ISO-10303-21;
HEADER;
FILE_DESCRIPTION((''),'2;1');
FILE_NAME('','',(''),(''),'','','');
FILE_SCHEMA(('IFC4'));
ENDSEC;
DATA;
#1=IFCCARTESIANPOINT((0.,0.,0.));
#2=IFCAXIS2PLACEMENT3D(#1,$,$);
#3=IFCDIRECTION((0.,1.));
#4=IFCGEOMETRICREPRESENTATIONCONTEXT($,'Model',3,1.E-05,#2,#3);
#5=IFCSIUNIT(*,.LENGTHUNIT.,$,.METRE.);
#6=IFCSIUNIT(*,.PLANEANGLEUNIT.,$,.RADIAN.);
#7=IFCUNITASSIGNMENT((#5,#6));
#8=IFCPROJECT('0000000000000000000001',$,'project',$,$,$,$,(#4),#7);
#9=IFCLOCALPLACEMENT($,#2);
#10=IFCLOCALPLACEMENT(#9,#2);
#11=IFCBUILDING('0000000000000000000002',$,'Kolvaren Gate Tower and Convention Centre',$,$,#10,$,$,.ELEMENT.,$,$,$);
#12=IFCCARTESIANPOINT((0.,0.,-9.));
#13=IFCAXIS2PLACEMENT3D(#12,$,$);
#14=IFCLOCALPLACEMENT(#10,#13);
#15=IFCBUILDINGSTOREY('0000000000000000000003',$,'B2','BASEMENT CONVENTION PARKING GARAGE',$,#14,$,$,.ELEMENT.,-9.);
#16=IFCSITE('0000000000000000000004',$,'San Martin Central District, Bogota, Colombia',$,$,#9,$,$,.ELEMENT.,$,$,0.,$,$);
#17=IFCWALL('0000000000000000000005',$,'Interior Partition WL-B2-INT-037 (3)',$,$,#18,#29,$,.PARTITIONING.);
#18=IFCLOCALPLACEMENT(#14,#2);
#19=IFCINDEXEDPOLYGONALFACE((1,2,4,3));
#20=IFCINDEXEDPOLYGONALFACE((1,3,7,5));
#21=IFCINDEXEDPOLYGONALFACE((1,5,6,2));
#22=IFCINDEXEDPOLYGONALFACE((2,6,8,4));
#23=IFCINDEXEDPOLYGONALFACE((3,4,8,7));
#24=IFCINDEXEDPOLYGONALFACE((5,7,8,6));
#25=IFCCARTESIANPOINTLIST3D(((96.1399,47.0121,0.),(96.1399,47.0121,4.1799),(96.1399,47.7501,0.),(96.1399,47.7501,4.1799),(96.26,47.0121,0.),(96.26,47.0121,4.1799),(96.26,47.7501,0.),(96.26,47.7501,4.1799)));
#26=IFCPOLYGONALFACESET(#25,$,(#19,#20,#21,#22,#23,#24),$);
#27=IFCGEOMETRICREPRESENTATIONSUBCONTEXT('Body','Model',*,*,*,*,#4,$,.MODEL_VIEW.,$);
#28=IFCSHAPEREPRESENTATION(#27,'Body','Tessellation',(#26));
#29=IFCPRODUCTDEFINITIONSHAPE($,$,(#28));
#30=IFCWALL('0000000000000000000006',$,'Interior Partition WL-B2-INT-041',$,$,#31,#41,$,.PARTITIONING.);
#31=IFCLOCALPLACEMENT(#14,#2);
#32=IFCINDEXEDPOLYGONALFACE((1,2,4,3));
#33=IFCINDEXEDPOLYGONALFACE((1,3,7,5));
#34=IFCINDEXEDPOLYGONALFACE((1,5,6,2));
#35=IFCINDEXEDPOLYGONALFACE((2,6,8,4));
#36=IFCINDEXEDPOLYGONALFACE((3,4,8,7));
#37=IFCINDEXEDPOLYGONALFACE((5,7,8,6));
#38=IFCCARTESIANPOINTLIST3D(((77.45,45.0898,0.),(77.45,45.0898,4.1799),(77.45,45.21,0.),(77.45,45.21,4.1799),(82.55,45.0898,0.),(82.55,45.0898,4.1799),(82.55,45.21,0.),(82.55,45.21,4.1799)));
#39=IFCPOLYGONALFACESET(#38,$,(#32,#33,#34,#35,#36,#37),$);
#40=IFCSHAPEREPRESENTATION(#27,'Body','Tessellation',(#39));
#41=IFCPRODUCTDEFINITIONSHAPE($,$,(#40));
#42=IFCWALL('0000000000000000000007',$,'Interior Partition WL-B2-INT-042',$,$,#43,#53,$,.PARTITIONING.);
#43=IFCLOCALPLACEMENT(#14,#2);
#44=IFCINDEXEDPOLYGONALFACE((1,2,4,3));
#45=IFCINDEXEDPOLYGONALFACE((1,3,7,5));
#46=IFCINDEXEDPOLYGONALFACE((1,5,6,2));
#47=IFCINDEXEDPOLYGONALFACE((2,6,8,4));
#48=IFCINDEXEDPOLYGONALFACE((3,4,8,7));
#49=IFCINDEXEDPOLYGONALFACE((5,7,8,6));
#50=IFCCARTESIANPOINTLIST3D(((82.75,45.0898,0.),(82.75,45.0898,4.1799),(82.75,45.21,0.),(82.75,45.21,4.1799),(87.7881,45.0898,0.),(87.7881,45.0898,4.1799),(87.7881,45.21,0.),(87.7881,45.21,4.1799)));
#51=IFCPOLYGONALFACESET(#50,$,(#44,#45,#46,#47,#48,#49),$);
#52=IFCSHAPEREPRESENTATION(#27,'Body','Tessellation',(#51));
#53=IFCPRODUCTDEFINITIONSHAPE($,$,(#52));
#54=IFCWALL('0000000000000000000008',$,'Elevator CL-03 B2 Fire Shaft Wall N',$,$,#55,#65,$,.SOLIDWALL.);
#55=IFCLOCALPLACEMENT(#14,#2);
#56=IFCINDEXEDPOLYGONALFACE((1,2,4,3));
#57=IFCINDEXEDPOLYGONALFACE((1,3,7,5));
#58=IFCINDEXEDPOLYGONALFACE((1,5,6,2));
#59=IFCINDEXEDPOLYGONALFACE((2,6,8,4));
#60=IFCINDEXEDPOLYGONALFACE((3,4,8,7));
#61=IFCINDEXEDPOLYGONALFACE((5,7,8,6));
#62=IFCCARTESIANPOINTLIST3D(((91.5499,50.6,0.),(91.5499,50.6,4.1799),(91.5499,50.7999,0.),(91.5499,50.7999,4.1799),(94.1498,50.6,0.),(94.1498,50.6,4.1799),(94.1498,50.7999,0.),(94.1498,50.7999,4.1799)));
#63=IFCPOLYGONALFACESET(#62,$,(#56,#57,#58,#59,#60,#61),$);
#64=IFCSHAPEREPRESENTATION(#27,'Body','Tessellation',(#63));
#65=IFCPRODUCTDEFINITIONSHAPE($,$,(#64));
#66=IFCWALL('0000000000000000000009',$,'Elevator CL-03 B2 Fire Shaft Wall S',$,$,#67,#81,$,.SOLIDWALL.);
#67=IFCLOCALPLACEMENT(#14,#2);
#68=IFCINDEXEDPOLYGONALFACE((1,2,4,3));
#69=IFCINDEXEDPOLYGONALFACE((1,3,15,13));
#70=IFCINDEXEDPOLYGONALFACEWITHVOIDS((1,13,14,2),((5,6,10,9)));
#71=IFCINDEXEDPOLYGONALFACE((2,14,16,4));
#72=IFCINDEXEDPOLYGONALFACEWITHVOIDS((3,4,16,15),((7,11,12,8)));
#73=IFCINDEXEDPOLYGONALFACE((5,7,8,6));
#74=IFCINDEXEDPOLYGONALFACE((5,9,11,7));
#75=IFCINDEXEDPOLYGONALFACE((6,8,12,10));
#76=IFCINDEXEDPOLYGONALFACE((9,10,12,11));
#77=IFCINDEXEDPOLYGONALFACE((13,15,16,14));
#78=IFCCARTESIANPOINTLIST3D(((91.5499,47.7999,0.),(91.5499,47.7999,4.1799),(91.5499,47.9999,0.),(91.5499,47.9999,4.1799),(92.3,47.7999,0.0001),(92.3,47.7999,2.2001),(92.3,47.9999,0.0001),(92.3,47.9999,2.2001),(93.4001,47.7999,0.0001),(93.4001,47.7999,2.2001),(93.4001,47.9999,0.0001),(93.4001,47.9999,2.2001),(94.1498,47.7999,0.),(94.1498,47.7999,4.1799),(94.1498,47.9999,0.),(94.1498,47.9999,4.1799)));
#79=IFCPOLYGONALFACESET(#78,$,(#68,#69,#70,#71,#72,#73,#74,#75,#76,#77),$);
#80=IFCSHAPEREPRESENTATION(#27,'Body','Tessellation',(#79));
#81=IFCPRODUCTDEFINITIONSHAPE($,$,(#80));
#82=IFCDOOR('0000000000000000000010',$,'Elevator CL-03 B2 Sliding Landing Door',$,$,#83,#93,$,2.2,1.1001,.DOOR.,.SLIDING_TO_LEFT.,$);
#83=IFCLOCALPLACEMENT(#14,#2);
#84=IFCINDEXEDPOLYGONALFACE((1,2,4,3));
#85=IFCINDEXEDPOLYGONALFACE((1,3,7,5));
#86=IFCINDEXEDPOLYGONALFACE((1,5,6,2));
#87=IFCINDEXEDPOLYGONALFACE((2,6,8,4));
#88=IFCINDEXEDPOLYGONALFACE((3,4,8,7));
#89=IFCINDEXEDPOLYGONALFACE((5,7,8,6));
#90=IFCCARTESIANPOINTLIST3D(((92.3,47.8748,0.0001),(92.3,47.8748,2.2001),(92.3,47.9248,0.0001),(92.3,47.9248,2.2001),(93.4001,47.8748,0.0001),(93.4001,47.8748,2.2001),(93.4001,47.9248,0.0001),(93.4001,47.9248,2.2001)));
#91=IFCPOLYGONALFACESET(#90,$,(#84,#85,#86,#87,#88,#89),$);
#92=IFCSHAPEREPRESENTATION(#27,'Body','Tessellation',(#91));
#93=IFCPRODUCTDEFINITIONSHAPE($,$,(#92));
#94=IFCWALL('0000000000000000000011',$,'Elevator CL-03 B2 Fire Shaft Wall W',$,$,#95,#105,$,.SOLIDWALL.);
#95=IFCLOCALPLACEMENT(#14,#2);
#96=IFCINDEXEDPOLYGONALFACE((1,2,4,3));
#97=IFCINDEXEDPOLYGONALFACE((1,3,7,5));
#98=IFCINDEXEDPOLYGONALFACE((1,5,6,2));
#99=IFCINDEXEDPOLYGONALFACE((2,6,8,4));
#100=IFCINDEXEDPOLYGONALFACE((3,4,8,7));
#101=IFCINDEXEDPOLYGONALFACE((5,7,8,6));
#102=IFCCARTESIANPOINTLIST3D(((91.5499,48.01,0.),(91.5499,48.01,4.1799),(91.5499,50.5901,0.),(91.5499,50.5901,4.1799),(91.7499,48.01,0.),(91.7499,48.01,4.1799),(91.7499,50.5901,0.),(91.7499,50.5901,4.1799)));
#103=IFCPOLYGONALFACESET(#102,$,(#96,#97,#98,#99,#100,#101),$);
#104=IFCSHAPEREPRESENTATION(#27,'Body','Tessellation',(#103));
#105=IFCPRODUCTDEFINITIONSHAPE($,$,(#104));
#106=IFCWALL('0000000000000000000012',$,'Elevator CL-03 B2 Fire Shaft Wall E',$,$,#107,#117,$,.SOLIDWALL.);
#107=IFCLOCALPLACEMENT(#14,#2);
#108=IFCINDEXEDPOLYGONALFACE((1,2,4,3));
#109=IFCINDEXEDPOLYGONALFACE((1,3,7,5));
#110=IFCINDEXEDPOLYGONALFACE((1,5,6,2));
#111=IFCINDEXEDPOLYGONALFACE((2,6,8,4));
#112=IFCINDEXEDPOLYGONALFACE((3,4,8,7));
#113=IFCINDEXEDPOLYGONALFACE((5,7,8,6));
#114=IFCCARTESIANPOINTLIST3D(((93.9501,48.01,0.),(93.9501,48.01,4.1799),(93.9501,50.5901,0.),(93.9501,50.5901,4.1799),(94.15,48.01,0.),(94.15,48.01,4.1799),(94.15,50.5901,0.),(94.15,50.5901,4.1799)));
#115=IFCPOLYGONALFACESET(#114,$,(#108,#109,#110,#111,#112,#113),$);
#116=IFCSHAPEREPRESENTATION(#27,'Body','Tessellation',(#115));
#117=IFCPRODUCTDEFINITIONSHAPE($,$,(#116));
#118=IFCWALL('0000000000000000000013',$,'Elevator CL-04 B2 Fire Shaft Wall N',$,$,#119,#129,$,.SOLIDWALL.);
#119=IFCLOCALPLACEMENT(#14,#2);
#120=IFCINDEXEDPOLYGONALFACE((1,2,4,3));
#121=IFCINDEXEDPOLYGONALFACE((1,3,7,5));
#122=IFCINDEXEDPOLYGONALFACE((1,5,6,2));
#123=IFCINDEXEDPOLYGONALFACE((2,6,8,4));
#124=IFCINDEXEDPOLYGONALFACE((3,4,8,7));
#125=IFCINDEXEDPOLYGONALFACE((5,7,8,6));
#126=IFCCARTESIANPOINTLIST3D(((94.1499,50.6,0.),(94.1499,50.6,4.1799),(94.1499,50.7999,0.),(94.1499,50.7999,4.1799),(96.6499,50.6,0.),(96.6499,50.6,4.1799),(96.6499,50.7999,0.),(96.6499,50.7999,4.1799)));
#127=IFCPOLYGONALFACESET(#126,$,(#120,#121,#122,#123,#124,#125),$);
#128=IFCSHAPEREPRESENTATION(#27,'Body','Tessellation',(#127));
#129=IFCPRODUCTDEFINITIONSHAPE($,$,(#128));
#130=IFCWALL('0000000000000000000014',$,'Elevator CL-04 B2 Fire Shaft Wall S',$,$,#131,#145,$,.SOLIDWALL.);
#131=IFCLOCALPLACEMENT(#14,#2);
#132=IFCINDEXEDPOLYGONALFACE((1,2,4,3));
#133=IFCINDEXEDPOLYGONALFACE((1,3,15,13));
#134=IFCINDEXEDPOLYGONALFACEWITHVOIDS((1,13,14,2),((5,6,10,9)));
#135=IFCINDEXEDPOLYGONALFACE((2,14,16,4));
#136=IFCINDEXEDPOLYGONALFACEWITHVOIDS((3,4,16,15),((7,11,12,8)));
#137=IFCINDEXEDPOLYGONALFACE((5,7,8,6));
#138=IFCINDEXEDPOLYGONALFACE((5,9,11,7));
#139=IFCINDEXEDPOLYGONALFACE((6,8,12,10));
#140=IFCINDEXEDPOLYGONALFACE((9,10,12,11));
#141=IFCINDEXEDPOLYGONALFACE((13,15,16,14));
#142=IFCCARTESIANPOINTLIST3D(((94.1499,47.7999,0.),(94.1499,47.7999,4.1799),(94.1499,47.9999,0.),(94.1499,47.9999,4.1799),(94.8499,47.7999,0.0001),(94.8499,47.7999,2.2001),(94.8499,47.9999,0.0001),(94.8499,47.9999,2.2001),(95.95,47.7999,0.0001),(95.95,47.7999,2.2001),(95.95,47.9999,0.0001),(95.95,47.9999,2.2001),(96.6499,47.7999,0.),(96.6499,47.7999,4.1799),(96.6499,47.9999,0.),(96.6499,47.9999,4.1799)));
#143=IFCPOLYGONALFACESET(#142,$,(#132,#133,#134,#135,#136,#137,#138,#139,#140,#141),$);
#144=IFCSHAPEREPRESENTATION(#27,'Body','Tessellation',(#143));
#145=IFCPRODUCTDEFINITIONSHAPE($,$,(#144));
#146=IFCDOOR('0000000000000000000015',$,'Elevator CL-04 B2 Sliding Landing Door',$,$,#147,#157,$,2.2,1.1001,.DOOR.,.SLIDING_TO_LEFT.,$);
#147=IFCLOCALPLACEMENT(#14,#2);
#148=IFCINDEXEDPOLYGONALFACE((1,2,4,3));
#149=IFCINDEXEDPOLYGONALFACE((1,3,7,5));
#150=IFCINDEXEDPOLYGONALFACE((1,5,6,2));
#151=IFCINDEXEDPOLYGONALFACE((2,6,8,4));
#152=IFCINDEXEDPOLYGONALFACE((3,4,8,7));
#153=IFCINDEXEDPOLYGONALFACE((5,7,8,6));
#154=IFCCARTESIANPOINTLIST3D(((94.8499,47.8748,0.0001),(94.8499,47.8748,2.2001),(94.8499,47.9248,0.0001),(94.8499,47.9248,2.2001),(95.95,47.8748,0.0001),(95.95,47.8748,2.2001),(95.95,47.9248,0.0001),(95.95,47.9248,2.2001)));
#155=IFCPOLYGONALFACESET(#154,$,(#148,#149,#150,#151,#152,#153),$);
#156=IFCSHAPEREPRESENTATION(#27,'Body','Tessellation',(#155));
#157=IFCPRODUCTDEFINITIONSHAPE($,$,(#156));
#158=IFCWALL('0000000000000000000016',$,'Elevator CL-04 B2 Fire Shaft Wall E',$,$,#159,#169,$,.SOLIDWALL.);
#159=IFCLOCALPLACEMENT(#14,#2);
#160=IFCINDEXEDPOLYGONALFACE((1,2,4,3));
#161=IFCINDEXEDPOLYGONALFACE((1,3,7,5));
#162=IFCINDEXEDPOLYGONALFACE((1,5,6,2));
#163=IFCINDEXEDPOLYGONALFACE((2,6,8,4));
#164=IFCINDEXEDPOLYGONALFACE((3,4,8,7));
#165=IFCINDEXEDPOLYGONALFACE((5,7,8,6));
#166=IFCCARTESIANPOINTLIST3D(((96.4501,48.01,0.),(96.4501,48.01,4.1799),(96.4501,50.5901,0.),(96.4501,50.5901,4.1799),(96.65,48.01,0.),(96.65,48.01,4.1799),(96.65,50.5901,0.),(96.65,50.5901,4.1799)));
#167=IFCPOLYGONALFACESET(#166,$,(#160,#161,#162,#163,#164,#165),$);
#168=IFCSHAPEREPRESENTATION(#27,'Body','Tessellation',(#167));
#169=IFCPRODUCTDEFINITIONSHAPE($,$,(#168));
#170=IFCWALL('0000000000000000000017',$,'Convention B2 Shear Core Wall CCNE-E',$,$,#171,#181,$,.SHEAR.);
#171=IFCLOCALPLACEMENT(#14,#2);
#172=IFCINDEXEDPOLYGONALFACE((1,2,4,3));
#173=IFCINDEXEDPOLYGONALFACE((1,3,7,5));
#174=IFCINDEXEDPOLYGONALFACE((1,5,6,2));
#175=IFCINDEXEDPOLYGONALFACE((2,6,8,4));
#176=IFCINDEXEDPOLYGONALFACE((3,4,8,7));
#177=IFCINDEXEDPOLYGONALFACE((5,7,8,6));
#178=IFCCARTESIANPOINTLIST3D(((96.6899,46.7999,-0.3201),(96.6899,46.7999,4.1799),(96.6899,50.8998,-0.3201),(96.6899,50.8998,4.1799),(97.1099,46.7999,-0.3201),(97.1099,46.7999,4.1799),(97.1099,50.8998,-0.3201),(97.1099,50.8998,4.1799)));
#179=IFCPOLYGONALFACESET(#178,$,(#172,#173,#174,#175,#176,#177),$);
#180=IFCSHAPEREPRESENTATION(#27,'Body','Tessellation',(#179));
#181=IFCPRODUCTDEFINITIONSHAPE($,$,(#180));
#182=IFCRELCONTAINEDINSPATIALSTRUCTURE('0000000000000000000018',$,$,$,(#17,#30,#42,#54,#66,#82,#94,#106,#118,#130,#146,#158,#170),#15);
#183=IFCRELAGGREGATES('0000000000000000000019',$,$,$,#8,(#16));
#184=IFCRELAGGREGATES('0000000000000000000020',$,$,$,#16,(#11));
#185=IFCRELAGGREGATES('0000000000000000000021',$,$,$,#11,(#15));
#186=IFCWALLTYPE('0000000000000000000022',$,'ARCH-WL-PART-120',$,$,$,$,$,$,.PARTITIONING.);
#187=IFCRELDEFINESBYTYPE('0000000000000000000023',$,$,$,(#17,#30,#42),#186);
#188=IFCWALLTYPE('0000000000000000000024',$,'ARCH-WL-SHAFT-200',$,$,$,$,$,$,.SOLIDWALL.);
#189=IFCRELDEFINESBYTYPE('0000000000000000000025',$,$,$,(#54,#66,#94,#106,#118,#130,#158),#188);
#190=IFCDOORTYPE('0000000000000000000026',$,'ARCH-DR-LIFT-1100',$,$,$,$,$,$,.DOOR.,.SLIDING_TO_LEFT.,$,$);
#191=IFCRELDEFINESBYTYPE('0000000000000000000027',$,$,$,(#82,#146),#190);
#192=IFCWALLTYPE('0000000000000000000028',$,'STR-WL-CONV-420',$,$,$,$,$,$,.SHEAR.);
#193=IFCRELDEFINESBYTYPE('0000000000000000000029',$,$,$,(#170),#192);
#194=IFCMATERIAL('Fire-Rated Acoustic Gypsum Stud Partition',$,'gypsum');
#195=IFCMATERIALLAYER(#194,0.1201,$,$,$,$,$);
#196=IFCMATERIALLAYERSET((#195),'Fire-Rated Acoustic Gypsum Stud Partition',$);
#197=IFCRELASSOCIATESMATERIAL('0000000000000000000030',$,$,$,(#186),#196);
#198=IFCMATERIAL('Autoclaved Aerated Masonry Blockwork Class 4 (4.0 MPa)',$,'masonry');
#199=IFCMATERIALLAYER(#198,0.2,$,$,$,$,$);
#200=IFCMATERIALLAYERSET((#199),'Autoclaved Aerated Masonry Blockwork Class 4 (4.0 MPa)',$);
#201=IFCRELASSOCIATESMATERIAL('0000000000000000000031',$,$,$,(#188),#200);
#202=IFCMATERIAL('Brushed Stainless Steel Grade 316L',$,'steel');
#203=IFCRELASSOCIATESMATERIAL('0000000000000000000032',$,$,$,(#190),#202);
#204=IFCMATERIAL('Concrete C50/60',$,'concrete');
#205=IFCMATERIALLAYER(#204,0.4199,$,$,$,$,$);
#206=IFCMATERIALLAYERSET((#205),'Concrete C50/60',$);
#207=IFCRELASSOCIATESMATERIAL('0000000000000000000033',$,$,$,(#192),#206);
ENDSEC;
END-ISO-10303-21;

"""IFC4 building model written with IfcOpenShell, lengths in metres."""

from ifc_helpers import new_model, si_unit, direction, frame, frame_2d, origin, place, context, subcontext, project, spatial, rectangle, extrude, material, layer, layer_set, type_object, element, fill, save


model = new_model("IFC4")

# Units and contexts
model_context = context("Model", 3, precision=1e-05, world=origin(), true_north=direction((0.0, 1.0)))
body_context = subcontext(model_context, "Body", "Model", "MODEL_VIEW")
ifc_project = project(units=[si_unit("LENGTHUNIT", "METRE"), si_unit("PLANEANGLEUNIT", "RADIAN")], contexts=[model_context])

# Site, building, storey
site_placement = place(None, origin())
site = spatial("IfcSite", under=ifc_project, at=site_placement, Name="San Martin Central District, Bogota, Colombia", CompositionType="ELEMENT", RefElevation=0.0)
building_placement = place(site_placement, origin())
building = spatial("IfcBuilding", under=site, at=building_placement, Name="Kolvaren Gate Tower and Convention Centre", CompositionType="ELEMENT")
storey_placement = place(building_placement, frame((0.0, 0.0, -9.0)))
storey = spatial("IfcBuildingStorey", under=building, at=storey_placement, Name="B2", Description="BASEMENT CONVENTION PARKING GARAGE", CompositionType="ELEMENT", Elevation=-9.0)

# Shared definitions
ifc_material_1 = material(Name="Concrete C50/60", Category="concrete")

# Walls
ifc_material_2 = material(Name="Fire-Rated Acoustic Gypsum Stud Partition", Category="gypsum")
ifc_layer_1 = layer(ifc_material_2, 0.1201)
ifc_layer_set_1 = layer_set([ifc_layer_1], Name="Fire-Rated Acoustic Gypsum Stud Partition")
wall_type_1 = type_object("IfcWallType", Name="ARCH-WL-PART-120", PredefinedType="PARTITIONING", material=ifc_layer_set_1)
wall_1_placement = place(storey_placement, frame((96.2, 47.012, 0.0), z_axis=(0.0, 0.0, 1.0), x_axis=(0.0, 1.0, 0.0)))
element("IfcWall", 1, at=wall_1_placement, inside=storey, type_object=wall_type_1, Name="Interior Partition WL-B2-INT-037 (3)", PredefinedType="PARTITIONING", context=body_context, shape_type="SweptSolid", body=[
    extrude(rectangle(XDim=0.738, YDim=0.1201, at=frame_2d((0.3691, 0.0))), origin(), (0.0, 0.0, 1.0), 4.1799),
])
wall_2_placement = place(storey_placement, frame((77.45, 45.1499, 0.0), z_axis=(0.0, 0.0, 1.0), x_axis=(1.0, 0.0, 0.0)))
element("IfcWall", 2, at=wall_2_placement, inside=storey, type_object=wall_type_1, Name="Interior Partition WL-B2-INT-041", PredefinedType="PARTITIONING", context=body_context, shape_type="SweptSolid", body=[
    extrude(rectangle(XDim=5.1001, YDim=0.1201, at=frame_2d((2.55, 0.0))), origin(), (0.0, 0.0, 1.0), 4.1799),
])
wall_3_placement = place(storey_placement, frame((82.75, 45.1499, 0.0), z_axis=(0.0, 0.0, 1.0), x_axis=(1.0, 0.0, 0.0)))
element("IfcWall", 3, at=wall_3_placement, inside=storey, type_object=wall_type_1, Name="Interior Partition WL-B2-INT-042", PredefinedType="PARTITIONING", context=body_context, shape_type="SweptSolid", body=[
    extrude(rectangle(XDim=5.0381, YDim=0.1201, at=frame_2d((2.519, 0.0))), origin(), (0.0, 0.0, 1.0), 4.1799),
])
ifc_material_3 = material(Name="Autoclaved Aerated Masonry Blockwork Class 4 (4.0 MPa)", Category="masonry")
ifc_layer_2 = layer(ifc_material_3, 0.2)
ifc_layer_set_2 = layer_set([ifc_layer_2], Name="Autoclaved Aerated Masonry Blockwork Class 4 (4.0 MPa)")
wall_type_2 = type_object("IfcWallType", Name="ARCH-WL-SHAFT-200", PredefinedType="SOLIDWALL", material=ifc_layer_set_2)
wall_4_placement = place(storey_placement, frame((91.55, 50.7, 0.0), z_axis=(0.0, 0.0, 1.0), x_axis=(1.0, 0.0, 0.0)))
element("IfcWall", 4, at=wall_4_placement, inside=storey, type_object=wall_type_2, Name="Elevator CL-03 B2 Fire Shaft Wall N", PredefinedType="SOLIDWALL", context=body_context, shape_type="SweptSolid", body=[
    extrude(rectangle(XDim=2.5999, YDim=0.2, at=frame_2d((1.2998, 0.0))), origin(), (0.0, 0.0, 1.0), 4.1799),
])

# Wall, opening, door
wall_5_placement = place(storey_placement, frame((91.55, 47.8999, 0.0), z_axis=(0.0, 0.0, 1.0), x_axis=(1.0, 0.0, 0.0)))
wall_5 = element("IfcWall", 5, at=wall_5_placement, inside=storey, type_object=wall_type_2, Name="Elevator CL-03 B2 Fire Shaft Wall S", PredefinedType="SOLIDWALL", context=body_context, shape_type="SweptSolid", body=[
    extrude(rectangle(XDim=2.5999, YDim=0.2, at=frame_2d((1.2998, 0.0))), origin(), (0.0, 0.0, 1.0), 4.1799),
])
opening_1_placement = place(wall_5_placement, frame((0.75, 0.0, 0.0)))
opening_1 = element("IfcOpeningElement", 6, at=opening_1_placement, cuts=wall_5, PredefinedType="OPENING", context=body_context, shape_type="SweptSolid", body=[
    extrude(rectangle(XDim=1.1001, YDim=2.2, at=frame_2d((0.55, 1.1001))), frame((0.0, 0.1099, 0.0), z_axis=(0.0, -1.0, 0.0), x_axis=(1.0, 0.0, 0.0)), (0.0, 0.0, 1.0), 0.22),
])
ifc_material_4 = material(Name="Brushed Stainless Steel Grade 316L", Category="steel")
door_type = type_object("IfcDoorType", Name="ARCH-DR-LIFT-1100", OperationType="SLIDING_TO_LEFT", PredefinedType="DOOR", material=ifc_material_4)
door_1_placement = place(opening_1_placement, origin())
door_1 = element("IfcDoor", 7, at=door_1_placement, inside=storey, type_object=door_type, Name="Elevator CL-03 B2 Sliding Landing Door", OperationType="SLIDING_TO_LEFT", OverallHeight=2.2, OverallWidth=1.1001, PredefinedType="DOOR", context=body_context, shape_type="SweptSolid", body=[
    extrude(rectangle(XDim=1.1001, YDim=2.2, at=frame_2d((0.55, 1.1001))), frame((0.0, 0.0249, 0.0), z_axis=(0.0, -1.0, 0.0), x_axis=(1.0, 0.0, 0.0)), (0.0, 0.0, 1.0), 0.05),
])
fill(opening_1, door_1)

# Walls
for number, where, z_axis, x_axis, name in (
    (8, (91.6499, 48.01, 0.0), (0.0, 0.0, 1.0), (0.0, 1.0, 0.0), "Elevator CL-03 B2 Fire Shaft Wall W"),
    (9, (94.05, 48.01, 0.0), (0.0, 0.0, 1.0), (0.0, 1.0, 0.0), "Elevator CL-03 B2 Fire Shaft Wall E"),
):
    element("IfcWall", number, at=place(storey_placement, frame(where, z_axis=z_axis, x_axis=x_axis)), inside=storey, type_object=wall_type_2, Name=name, PredefinedType="SOLIDWALL", context=body_context, shape_type="SweptSolid", body=[
        extrude(rectangle(XDim=2.5801, YDim=0.2, at=frame_2d((1.29, 0.0))), origin(), (0.0, 0.0, 1.0), 4.1799),
    ])
wall_6_placement = place(storey_placement, frame((94.1499, 50.7, 0.0), z_axis=(0.0, 0.0, 1.0), x_axis=(1.0, 0.0, 0.0)))
element("IfcWall", 10, at=wall_6_placement, inside=storey, type_object=wall_type_2, Name="Elevator CL-04 B2 Fire Shaft Wall N", PredefinedType="SOLIDWALL", context=body_context, shape_type="SweptSolid", body=[
    extrude(rectangle(XDim=2.5, YDim=0.2, at=frame_2d((1.25, 0.0))), origin(), (0.0, 0.0, 1.0), 4.1799),
])

# Wall, opening, door
wall_7_placement = place(storey_placement, frame((94.1499, 47.8999, 0.0), z_axis=(0.0, 0.0, 1.0), x_axis=(1.0, 0.0, 0.0)))
wall_7 = element("IfcWall", 11, at=wall_7_placement, inside=storey, type_object=wall_type_2, Name="Elevator CL-04 B2 Fire Shaft Wall S", PredefinedType="SOLIDWALL", context=body_context, shape_type="SweptSolid", body=[
    extrude(rectangle(XDim=2.5, YDim=0.2, at=frame_2d((1.25, 0.0))), origin(), (0.0, 0.0, 1.0), 4.1799),
])
opening_2_placement = place(wall_7_placement, frame((0.7, 0.0, 0.0)))
opening_2 = element("IfcOpeningElement", 12, at=opening_2_placement, cuts=wall_7, PredefinedType="OPENING", context=body_context, shape_type="SweptSolid", body=[
    extrude(rectangle(XDim=1.1001, YDim=2.2, at=frame_2d((0.55, 1.1001))), frame((0.0, 0.1099, 0.0), z_axis=(0.0, -1.0, 0.0), x_axis=(1.0, 0.0, 0.0)), (0.0, 0.0, 1.0), 0.22),
])
door_2_placement = place(opening_2_placement, origin())
door_2 = element("IfcDoor", 13, at=door_2_placement, inside=storey, type_object=door_type, Name="Elevator CL-04 B2 Sliding Landing Door", OperationType="SLIDING_TO_LEFT", OverallHeight=2.2, OverallWidth=1.1001, PredefinedType="DOOR", context=body_context, shape_type="SweptSolid", body=[
    extrude(rectangle(XDim=1.1001, YDim=2.2, at=frame_2d((0.55, 1.1001))), frame((0.0, 0.0249, 0.0), z_axis=(0.0, -1.0, 0.0), x_axis=(1.0, 0.0, 0.0)), (0.0, 0.0, 1.0), 0.05),
])
fill(opening_2, door_2)

# Walls
wall_8_placement = place(storey_placement, frame((96.55, 48.01, 0.0), z_axis=(0.0, 0.0, 1.0), x_axis=(0.0, 1.0, 0.0)))
element("IfcWall", 14, at=wall_8_placement, inside=storey, type_object=wall_type_2, Name="Elevator CL-04 B2 Fire Shaft Wall E", PredefinedType="SOLIDWALL", context=body_context, shape_type="SweptSolid", body=[
    extrude(rectangle(XDim=2.5801, YDim=0.2, at=frame_2d((1.29, 0.0))), origin(), (0.0, 0.0, 1.0), 4.1799),
])
ifc_layer_3 = layer(ifc_material_1, 0.4199)
ifc_layer_set_3 = layer_set([ifc_layer_3], Name="Concrete C50/60")
wall_type_3 = type_object("IfcWallType", Name="STR-WL-CONV-420", PredefinedType="SHEAR", material=ifc_layer_set_3)
wall_9_placement = place(storey_placement, frame((96.8999, 46.8, -0.3201), z_axis=(0.0, 0.0, 1.0), x_axis=(0.0, 1.0, 0.0)))
element("IfcWall", 15, at=wall_9_placement, inside=storey, type_object=wall_type_3, Name="Convention B2 Shear Core Wall CCNE-E", PredefinedType="SHEAR", context=body_context, shape_type="SweptSolid", body=[
    extrude(rectangle(XDim=4.0999, YDim=0.4199, at=frame_2d((2.0498, 0.0))), origin(), (0.0, 0.0, 1.0), 4.5),
])

save(model, "model.ifc")
